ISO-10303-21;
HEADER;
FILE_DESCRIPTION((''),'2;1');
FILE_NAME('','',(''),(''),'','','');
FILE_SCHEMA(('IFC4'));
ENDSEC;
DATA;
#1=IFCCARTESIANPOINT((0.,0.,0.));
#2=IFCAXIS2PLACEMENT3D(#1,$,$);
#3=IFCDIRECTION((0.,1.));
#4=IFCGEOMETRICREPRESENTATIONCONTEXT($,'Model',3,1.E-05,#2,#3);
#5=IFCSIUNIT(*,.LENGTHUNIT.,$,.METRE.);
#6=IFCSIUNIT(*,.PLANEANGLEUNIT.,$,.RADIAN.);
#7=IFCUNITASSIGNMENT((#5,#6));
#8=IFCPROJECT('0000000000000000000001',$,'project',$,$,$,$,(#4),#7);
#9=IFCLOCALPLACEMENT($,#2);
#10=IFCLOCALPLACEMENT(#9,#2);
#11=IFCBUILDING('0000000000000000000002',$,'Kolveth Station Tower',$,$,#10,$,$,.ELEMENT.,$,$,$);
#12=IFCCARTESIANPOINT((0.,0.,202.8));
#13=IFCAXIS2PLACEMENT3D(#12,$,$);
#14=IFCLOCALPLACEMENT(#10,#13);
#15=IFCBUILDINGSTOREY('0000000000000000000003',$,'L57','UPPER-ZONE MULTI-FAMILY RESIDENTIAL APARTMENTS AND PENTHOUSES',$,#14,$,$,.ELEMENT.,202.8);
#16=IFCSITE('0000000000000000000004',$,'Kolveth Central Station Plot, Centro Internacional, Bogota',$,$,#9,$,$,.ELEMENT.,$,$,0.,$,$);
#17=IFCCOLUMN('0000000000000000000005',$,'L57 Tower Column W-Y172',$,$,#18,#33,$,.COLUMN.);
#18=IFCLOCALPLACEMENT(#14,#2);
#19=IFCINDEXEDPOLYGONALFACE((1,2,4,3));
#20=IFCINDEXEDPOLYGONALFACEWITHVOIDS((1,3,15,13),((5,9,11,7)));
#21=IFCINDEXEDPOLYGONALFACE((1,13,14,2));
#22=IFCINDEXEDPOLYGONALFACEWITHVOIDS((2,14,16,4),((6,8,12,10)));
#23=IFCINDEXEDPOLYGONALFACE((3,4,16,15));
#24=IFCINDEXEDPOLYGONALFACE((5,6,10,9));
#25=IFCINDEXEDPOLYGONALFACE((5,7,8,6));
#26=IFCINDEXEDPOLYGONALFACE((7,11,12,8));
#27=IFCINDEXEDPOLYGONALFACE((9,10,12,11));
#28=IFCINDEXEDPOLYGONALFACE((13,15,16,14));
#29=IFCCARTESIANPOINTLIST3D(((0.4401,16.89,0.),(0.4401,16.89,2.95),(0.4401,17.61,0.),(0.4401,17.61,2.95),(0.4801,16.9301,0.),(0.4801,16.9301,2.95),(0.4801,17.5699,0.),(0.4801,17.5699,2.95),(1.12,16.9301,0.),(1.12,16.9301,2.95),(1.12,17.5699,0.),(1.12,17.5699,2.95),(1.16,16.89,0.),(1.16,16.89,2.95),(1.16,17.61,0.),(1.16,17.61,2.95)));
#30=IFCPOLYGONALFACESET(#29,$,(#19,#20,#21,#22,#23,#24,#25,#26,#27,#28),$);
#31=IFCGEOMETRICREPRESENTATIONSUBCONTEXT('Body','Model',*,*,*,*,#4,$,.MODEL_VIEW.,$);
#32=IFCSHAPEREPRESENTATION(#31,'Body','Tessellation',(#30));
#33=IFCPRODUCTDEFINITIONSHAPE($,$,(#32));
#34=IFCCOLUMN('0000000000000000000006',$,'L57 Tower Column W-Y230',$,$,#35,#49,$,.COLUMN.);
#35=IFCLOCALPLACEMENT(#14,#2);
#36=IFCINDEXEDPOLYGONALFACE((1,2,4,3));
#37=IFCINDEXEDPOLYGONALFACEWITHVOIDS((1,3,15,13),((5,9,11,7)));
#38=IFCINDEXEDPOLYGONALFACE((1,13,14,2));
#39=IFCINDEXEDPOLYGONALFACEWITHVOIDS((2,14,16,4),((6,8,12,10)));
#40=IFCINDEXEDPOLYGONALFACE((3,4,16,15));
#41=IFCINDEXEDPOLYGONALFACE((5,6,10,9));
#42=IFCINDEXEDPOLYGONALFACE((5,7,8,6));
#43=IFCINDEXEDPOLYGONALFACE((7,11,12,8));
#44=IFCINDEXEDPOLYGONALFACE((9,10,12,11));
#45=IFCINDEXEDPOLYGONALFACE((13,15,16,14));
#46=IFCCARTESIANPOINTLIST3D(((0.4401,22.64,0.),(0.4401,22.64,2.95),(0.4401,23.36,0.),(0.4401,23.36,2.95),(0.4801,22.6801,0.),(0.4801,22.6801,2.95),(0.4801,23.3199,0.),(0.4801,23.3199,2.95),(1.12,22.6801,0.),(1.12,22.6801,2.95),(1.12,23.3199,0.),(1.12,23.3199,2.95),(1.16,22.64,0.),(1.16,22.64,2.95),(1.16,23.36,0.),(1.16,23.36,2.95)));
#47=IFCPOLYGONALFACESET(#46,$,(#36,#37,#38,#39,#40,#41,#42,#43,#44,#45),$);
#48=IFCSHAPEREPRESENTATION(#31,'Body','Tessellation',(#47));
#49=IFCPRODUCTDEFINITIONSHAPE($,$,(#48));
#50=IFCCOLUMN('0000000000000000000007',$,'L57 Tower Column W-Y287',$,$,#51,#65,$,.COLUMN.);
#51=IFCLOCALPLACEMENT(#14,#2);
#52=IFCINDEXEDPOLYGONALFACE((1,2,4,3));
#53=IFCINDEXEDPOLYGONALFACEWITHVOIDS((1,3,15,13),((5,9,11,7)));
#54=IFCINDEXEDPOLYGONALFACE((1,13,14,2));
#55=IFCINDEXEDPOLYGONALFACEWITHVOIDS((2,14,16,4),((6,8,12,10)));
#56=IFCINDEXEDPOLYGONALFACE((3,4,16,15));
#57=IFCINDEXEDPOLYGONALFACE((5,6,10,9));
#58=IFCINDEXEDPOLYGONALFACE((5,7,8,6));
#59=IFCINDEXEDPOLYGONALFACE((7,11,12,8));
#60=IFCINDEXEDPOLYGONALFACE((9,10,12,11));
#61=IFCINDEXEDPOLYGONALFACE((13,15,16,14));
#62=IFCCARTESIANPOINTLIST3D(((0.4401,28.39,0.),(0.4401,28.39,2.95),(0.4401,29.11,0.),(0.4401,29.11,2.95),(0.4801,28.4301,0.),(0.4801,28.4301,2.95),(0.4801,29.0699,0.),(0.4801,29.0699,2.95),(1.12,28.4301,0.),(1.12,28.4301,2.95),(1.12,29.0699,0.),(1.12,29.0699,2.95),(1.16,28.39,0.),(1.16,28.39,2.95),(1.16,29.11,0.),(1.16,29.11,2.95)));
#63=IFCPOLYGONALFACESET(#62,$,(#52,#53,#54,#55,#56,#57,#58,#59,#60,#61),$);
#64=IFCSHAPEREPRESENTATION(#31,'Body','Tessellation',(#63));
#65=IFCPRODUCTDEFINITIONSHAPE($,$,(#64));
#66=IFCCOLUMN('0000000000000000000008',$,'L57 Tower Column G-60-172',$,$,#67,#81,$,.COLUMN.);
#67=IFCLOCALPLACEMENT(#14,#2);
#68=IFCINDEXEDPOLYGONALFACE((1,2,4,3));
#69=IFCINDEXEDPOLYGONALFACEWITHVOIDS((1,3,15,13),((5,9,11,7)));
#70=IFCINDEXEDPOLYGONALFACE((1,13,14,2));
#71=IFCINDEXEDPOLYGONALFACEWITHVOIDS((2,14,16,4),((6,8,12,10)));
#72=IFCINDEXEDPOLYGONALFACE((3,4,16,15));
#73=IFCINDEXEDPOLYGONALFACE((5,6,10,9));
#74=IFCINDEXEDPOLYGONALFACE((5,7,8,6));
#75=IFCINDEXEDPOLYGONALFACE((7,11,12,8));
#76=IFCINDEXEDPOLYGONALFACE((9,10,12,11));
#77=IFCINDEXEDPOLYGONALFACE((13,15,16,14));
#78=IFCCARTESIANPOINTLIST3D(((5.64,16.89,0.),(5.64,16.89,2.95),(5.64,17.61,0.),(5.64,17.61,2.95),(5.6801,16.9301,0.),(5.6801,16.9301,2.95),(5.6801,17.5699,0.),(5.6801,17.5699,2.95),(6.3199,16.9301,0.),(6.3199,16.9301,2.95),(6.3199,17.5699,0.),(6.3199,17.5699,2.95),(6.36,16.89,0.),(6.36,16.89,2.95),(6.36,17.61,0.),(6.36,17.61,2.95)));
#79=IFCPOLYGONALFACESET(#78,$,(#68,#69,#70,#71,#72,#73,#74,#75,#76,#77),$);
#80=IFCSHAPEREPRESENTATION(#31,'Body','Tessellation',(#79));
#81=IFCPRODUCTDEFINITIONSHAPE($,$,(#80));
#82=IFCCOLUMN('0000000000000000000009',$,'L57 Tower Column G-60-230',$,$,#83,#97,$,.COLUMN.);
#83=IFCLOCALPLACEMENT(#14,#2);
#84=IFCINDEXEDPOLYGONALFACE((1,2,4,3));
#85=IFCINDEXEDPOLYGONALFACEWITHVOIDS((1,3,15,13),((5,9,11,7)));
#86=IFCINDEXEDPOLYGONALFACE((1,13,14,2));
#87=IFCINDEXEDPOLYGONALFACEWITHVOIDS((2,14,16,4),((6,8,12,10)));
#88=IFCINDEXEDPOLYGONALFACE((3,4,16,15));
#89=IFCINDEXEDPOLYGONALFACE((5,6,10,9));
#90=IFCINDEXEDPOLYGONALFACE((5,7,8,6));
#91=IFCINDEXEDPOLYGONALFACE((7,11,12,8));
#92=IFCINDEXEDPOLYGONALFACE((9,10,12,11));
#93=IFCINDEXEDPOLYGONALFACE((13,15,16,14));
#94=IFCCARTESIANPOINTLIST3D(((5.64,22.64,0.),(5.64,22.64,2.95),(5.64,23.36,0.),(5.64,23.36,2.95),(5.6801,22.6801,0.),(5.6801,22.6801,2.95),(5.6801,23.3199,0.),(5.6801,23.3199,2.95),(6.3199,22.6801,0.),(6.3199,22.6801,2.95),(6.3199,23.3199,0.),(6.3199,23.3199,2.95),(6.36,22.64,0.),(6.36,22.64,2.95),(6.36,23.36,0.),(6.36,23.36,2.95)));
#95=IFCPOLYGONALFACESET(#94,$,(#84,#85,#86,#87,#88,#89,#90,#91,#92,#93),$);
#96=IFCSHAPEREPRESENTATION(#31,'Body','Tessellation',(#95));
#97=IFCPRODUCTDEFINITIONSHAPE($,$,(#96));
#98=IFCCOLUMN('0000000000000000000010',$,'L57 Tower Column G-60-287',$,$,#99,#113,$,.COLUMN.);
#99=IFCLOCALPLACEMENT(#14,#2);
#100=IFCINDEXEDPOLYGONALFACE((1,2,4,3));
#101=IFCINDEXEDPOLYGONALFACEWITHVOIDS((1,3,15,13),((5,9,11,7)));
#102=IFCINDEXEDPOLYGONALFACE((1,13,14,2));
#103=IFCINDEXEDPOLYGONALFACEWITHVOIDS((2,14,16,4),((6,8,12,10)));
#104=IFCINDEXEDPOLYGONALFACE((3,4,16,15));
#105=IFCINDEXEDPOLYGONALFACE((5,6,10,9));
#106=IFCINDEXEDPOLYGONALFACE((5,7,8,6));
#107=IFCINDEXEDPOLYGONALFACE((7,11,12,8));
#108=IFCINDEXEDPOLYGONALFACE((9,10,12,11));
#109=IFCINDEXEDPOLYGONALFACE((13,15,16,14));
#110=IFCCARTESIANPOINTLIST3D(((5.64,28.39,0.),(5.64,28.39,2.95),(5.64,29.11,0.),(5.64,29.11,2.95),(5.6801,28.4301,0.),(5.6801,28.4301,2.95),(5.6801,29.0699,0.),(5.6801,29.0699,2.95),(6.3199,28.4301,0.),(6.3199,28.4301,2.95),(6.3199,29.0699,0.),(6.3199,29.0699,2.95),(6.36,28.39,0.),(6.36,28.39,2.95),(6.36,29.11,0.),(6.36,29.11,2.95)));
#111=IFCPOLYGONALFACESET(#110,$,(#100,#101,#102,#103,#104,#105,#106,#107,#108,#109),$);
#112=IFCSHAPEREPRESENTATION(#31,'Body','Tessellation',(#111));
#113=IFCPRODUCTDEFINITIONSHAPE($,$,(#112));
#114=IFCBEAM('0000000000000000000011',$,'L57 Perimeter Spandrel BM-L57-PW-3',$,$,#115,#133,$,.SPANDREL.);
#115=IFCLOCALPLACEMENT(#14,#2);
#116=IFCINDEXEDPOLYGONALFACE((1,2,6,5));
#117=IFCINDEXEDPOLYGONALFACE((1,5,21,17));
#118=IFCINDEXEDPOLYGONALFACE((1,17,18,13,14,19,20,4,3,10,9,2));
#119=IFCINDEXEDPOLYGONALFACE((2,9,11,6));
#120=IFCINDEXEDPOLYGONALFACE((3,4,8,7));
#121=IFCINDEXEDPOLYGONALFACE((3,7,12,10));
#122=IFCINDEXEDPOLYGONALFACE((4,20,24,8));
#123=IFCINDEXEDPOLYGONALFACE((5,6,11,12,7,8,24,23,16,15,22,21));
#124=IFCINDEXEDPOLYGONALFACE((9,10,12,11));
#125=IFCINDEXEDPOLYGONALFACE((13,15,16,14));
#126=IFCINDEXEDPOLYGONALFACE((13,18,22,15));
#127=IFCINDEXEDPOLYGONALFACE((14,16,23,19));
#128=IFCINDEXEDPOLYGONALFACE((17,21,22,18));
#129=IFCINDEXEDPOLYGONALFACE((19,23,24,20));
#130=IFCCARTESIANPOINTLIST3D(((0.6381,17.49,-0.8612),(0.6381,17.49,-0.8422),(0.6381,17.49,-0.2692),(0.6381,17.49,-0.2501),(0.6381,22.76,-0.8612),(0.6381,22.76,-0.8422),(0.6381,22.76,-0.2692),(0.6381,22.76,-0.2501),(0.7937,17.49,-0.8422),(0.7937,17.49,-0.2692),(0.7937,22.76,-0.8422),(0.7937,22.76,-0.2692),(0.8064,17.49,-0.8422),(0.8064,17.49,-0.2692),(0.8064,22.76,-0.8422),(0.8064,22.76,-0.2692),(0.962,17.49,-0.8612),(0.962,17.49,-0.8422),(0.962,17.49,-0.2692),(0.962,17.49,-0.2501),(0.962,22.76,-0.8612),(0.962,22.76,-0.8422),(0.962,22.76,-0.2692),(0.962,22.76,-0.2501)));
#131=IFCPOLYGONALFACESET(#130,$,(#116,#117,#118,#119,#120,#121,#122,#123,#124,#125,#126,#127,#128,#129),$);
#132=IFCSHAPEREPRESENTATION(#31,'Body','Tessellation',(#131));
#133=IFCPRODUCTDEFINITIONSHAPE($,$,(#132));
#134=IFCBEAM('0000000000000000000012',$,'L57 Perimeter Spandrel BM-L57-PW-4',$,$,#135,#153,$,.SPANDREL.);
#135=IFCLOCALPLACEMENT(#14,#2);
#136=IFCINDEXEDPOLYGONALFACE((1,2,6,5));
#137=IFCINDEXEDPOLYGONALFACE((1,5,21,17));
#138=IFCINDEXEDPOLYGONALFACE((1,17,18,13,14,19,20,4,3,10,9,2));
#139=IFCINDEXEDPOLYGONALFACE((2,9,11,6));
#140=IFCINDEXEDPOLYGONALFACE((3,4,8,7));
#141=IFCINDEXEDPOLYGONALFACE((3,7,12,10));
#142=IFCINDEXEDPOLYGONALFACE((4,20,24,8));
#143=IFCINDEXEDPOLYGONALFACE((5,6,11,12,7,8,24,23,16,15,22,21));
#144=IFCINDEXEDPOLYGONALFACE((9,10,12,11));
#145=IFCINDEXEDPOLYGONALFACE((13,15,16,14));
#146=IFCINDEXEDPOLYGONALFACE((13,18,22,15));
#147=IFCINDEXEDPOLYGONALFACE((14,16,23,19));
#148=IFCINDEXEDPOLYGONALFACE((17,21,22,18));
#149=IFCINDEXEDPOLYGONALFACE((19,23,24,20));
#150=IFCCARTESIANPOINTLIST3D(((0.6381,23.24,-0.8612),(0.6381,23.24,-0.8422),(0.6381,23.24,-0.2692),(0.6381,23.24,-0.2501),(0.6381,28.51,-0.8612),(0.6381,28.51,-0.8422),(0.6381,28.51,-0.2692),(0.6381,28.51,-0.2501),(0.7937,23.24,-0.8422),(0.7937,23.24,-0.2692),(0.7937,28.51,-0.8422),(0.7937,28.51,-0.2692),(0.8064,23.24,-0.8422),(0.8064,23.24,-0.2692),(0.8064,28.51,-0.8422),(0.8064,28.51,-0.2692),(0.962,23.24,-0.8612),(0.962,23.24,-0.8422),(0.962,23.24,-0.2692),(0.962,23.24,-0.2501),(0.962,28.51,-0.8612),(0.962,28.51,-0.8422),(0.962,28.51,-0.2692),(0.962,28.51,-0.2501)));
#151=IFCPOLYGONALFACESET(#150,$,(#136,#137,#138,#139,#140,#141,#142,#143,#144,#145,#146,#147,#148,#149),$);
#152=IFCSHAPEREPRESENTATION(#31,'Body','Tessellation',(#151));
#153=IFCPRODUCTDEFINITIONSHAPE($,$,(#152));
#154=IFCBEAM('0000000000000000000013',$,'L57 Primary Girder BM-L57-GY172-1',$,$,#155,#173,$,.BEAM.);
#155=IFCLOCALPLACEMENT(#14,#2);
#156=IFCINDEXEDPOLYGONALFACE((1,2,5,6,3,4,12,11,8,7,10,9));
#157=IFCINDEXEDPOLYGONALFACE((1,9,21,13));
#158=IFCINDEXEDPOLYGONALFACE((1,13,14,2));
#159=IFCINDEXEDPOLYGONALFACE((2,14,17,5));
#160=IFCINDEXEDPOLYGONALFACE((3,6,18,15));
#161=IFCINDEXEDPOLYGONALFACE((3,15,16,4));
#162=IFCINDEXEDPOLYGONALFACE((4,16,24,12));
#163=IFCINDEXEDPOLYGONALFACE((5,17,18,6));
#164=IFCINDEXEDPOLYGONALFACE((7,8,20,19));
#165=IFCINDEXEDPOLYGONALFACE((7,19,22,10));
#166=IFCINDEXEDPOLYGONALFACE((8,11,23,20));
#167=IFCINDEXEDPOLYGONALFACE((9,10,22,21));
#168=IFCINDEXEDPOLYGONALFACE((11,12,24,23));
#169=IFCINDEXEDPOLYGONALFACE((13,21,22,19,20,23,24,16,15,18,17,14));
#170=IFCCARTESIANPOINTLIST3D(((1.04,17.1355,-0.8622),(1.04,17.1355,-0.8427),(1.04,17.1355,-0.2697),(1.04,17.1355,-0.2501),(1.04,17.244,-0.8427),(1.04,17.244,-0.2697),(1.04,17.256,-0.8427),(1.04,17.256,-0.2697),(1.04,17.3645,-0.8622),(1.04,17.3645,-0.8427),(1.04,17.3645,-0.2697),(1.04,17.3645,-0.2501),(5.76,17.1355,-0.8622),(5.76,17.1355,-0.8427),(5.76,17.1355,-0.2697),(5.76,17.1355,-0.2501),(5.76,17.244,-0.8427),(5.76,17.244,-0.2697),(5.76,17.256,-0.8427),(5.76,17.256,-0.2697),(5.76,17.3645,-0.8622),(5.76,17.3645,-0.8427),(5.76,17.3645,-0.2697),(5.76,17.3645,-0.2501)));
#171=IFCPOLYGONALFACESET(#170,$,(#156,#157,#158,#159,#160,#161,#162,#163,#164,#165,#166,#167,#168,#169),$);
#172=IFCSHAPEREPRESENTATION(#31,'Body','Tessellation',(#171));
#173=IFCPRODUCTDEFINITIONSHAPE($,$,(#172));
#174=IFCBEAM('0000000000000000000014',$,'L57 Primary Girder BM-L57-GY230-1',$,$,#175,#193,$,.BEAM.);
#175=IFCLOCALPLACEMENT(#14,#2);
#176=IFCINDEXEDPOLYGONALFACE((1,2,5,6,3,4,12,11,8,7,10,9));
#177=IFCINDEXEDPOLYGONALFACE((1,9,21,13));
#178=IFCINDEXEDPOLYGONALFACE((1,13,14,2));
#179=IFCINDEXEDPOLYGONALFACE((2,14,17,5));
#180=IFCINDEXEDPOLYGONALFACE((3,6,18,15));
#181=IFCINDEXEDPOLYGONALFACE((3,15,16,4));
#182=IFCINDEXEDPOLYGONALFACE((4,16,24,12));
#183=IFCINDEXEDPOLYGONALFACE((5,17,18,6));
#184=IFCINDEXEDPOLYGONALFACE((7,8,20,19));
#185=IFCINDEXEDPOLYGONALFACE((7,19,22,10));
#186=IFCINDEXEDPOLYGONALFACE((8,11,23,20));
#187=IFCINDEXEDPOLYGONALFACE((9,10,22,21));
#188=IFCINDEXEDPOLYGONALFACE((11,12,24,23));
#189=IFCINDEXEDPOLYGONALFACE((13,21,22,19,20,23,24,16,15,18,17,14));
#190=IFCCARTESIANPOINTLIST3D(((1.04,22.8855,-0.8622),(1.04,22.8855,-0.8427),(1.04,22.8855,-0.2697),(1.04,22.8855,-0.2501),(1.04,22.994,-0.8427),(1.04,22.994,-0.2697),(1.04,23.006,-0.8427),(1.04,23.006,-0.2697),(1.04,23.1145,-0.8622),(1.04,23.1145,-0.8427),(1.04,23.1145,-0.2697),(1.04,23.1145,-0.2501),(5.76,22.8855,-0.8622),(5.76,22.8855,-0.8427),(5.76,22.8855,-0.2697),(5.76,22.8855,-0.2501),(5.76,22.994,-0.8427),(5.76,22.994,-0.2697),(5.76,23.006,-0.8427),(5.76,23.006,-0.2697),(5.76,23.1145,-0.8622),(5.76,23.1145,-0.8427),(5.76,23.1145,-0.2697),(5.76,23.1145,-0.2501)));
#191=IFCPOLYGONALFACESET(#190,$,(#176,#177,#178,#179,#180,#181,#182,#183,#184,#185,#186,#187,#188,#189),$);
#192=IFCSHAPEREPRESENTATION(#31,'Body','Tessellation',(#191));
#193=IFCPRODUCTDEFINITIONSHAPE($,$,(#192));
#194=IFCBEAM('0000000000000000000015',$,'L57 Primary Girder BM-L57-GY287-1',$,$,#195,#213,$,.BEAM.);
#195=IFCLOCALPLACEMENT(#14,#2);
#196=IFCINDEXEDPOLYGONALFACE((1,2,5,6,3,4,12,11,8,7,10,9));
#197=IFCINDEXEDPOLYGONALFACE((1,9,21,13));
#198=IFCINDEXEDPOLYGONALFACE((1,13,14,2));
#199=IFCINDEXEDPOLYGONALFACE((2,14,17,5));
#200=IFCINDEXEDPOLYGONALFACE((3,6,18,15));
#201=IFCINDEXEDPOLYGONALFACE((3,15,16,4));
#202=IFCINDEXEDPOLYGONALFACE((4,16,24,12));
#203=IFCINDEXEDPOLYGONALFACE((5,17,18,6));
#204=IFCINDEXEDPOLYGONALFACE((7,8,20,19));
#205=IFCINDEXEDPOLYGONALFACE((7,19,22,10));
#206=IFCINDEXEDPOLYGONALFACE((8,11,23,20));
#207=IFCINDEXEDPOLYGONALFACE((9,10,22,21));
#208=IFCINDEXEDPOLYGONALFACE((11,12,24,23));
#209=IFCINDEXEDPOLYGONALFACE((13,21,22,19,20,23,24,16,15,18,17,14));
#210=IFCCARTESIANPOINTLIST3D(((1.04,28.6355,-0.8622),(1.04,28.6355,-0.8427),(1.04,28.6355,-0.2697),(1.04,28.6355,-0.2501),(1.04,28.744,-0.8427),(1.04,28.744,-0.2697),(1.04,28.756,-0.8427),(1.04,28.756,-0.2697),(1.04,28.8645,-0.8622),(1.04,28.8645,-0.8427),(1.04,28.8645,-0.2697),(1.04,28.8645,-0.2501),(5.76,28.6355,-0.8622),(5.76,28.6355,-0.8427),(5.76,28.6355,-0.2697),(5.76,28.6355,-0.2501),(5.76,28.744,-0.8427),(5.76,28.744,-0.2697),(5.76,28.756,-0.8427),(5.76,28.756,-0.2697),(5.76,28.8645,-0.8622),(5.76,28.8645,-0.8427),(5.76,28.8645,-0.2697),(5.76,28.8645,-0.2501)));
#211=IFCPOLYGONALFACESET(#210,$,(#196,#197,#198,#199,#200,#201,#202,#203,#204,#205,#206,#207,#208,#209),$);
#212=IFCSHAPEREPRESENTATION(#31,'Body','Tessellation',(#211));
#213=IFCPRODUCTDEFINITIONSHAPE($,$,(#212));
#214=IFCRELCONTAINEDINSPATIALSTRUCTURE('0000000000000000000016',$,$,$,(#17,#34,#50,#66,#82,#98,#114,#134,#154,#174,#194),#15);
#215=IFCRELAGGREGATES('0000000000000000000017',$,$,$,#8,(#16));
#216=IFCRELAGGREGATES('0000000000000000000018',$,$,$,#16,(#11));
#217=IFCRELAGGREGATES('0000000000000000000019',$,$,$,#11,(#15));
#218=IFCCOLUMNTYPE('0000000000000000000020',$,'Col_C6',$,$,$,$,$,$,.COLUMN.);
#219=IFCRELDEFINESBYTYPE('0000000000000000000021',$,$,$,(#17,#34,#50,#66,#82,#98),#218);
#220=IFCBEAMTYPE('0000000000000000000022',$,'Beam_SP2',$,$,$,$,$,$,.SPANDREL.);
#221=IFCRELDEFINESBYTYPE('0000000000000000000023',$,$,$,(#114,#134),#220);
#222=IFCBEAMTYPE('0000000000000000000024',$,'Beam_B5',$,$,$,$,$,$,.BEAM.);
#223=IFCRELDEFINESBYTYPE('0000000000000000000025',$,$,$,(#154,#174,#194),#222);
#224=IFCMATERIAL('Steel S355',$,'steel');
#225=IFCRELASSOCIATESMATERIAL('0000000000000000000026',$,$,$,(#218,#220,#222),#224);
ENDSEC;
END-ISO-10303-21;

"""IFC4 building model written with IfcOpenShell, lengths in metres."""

from ifc_helpers import new_model, si_unit, direction, frame, origin, origin_2d, place, context, subcontext, project, spatial, hollow_rectangle, i_section, extrude, source, transform, mapped, material, material_profile, profile_set, type_object, element, save


model = new_model("IFC4")

# Units and contexts
model_context = context("Model", 3, precision=1e-05, world=origin(), true_north=direction((0.0, 1.0)))
body_context = subcontext(model_context, "Body", "Model", "MODEL_VIEW")
ifc_project = project(units=[si_unit("LENGTHUNIT", "METRE"), si_unit("PLANEANGLEUNIT", "RADIAN")], contexts=[model_context])

# Site, building, storey
site_placement = place(None, origin())
site = spatial("IfcSite", under=ifc_project, at=site_placement, Name="Kolveth Central Station Plot, Centro Internacional, Bogota", CompositionType="ELEMENT", RefElevation=0.0)
building_placement = place(site_placement, origin())
building = spatial("IfcBuilding", under=site, at=building_placement, Name="Kolveth Station Tower", CompositionType="ELEMENT")
storey_placement = place(building_placement, frame((0.0, 0.0, 202.8)))
storey = spatial("IfcBuildingStorey", under=building, at=storey_placement, Name="L57", Description="UPPER-ZONE MULTI-FAMILY RESIDENTIAL APARTMENTS AND PENTHOUSES", CompositionType="ELEMENT", Elevation=202.8)

# Columns
ifc_material_1 = material(Name="Steel S355", Category="steel")
ifc_material_profile_1 = material_profile(ifc_material_1, hollow_rectangle(XDim=0.72, YDim=0.72, WallThickness=0.04, at=origin_2d()), Name="BOX720x720x40")
ifc_profile_set_1 = profile_set([ifc_material_profile_1], Name="Steel S355")
column_type = type_object("IfcColumnType", Name="Col_C6", PredefinedType="COLUMN", material=ifc_profile_set_1)
shared_shape_1 = source(origin(), body_context, "Body", "SweptSolid", [
    extrude(hollow_rectangle(XDim=0.72, YDim=0.72, WallThickness=0.04, at=origin_2d()), origin(), (0.0, 0.0, 1.0), 2.95),
])
for number, where, z_axis, x_axis, name in (
    (1, (0.8, 17.25, 0.0), (0.0, 0.0, 1.0), (1.0, 0.0, 0.0), "L57 Tower Column W-Y172"),
    (2, (0.8, 23.0, 0.0), (0.0, 0.0, 1.0), (1.0, 0.0, 0.0), "L57 Tower Column W-Y230"),
    (3, (0.8, 28.75, 0.0), (0.0, 0.0, 1.0), (1.0, 0.0, 0.0), "L57 Tower Column W-Y287"),
    (4, (6.0, 17.25, 0.0), (0.0, 0.0, 1.0), (1.0, 0.0, 0.0), "L57 Tower Column G-60-172"),
    (5, (6.0, 23.0, 0.0), (0.0, 0.0, 1.0), (1.0, 0.0, 0.0), "L57 Tower Column G-60-230"),
    (6, (6.0, 28.75, 0.0), (0.0, 0.0, 1.0), (1.0, 0.0, 0.0), "L57 Tower Column G-60-287"),
):
    element("IfcColumn", number, at=place(storey_placement, frame(where, z_axis=z_axis, x_axis=x_axis)), inside=storey, type_object=column_type, Name=name, PredefinedType="COLUMN", context=body_context, shape_type="MappedRepresentation", body=[
        mapped(shared_shape_1, transform((0.0, 0.0, 0.0), x_axis=(1.0, 0.0, 0.0), y_axis=(0.0, 1.0, 0.0), z_axis=(0.0, 0.0, 1.0), scale=1.0)),
    ])

# Beams
ifc_material_profile_2 = material_profile(ifc_material_1, i_section(OverallWidth=0.324, OverallDepth=0.6111, WebThickness=0.0127, FlangeThickness=0.019, at=origin_2d()), Name="W610x155")
ifc_profile_set_2 = profile_set([ifc_material_profile_2], Name="Steel S355")
beam_type_1 = type_object("IfcBeamType", Name="Beam_SP2", PredefinedType="SPANDREL", material=ifc_profile_set_2)
shared_shape_2 = source(origin(), body_context, "Body", "SweptSolid", [
    extrude(i_section(OverallWidth=0.324, OverallDepth=0.6111, WebThickness=0.0127, FlangeThickness=0.019, at=origin_2d()), origin(), (0.0, 0.0, 1.0), 5.27),
])
for number, where, z_axis, x_axis, name in (
    (7, (0.8, 17.49, -0.5557), (0.0, 1.0, 0.0), (-1.0, 0.0, 0.0), "L57 Perimeter Spandrel BM-L57-PW-3"),
    (8, (0.8, 23.24, -0.5557), (0.0, 1.0, 0.0), (-1.0, 0.0, 0.0), "L57 Perimeter Spandrel BM-L57-PW-4"),
):
    element("IfcBeam", number, at=place(storey_placement, frame(where, z_axis=z_axis, x_axis=x_axis)), inside=storey, type_object=beam_type_1, Name=name, PredefinedType="SPANDREL", context=body_context, shape_type="MappedRepresentation", body=[
        mapped(shared_shape_2, transform((0.0, 0.0, 0.0), x_axis=(1.0, 0.0, 0.0), y_axis=(0.0, 1.0, 0.0), z_axis=(0.0, 0.0, 1.0), scale=1.0)),
    ])
ifc_material_profile_3 = material_profile(ifc_material_1, i_section(OverallWidth=0.229, OverallDepth=0.6121, WebThickness=0.012, FlangeThickness=0.0195, at=origin_2d()), Name="W610x125")
ifc_profile_set_3 = profile_set([ifc_material_profile_3], Name="Steel S355")
beam_type_2 = type_object("IfcBeamType", Name="Beam_B5", PredefinedType="BEAM", material=ifc_profile_set_3)
shared_shape_3 = source(origin(), body_context, "Body", "SweptSolid", [
    extrude(i_section(OverallWidth=0.229, OverallDepth=0.6121, WebThickness=0.012, FlangeThickness=0.0195, at=origin_2d()), origin(), (0.0, 0.0, 1.0), 4.72),
])
for number, where, z_axis, x_axis, name in (
    (9, (1.04, 17.25, -0.5562), (1.0, 0.0, 0.0), (0.0, 1.0, 0.0), "L57 Primary Girder BM-L57-GY172-1"),
    (10, (1.04, 23.0, -0.5562), (1.0, 0.0, 0.0), (0.0, 1.0, 0.0), "L57 Primary Girder BM-L57-GY230-1"),
    (11, (1.04, 28.75, -0.5562), (1.0, 0.0, 0.0), (0.0, 1.0, 0.0), "L57 Primary Girder BM-L57-GY287-1"),
):
    element("IfcBeam", number, at=place(storey_placement, frame(where, z_axis=z_axis, x_axis=x_axis)), inside=storey, type_object=beam_type_2, Name=name, PredefinedType="BEAM", context=body_context, shape_type="MappedRepresentation", body=[
        mapped(shared_shape_3, transform((0.0, 0.0, 0.0), x_axis=(1.0, 0.0, 0.0), y_axis=(0.0, 1.0, 0.0), z_axis=(0.0, 0.0, 1.0), scale=1.0)),
    ])

save(model, "model.ifc")
